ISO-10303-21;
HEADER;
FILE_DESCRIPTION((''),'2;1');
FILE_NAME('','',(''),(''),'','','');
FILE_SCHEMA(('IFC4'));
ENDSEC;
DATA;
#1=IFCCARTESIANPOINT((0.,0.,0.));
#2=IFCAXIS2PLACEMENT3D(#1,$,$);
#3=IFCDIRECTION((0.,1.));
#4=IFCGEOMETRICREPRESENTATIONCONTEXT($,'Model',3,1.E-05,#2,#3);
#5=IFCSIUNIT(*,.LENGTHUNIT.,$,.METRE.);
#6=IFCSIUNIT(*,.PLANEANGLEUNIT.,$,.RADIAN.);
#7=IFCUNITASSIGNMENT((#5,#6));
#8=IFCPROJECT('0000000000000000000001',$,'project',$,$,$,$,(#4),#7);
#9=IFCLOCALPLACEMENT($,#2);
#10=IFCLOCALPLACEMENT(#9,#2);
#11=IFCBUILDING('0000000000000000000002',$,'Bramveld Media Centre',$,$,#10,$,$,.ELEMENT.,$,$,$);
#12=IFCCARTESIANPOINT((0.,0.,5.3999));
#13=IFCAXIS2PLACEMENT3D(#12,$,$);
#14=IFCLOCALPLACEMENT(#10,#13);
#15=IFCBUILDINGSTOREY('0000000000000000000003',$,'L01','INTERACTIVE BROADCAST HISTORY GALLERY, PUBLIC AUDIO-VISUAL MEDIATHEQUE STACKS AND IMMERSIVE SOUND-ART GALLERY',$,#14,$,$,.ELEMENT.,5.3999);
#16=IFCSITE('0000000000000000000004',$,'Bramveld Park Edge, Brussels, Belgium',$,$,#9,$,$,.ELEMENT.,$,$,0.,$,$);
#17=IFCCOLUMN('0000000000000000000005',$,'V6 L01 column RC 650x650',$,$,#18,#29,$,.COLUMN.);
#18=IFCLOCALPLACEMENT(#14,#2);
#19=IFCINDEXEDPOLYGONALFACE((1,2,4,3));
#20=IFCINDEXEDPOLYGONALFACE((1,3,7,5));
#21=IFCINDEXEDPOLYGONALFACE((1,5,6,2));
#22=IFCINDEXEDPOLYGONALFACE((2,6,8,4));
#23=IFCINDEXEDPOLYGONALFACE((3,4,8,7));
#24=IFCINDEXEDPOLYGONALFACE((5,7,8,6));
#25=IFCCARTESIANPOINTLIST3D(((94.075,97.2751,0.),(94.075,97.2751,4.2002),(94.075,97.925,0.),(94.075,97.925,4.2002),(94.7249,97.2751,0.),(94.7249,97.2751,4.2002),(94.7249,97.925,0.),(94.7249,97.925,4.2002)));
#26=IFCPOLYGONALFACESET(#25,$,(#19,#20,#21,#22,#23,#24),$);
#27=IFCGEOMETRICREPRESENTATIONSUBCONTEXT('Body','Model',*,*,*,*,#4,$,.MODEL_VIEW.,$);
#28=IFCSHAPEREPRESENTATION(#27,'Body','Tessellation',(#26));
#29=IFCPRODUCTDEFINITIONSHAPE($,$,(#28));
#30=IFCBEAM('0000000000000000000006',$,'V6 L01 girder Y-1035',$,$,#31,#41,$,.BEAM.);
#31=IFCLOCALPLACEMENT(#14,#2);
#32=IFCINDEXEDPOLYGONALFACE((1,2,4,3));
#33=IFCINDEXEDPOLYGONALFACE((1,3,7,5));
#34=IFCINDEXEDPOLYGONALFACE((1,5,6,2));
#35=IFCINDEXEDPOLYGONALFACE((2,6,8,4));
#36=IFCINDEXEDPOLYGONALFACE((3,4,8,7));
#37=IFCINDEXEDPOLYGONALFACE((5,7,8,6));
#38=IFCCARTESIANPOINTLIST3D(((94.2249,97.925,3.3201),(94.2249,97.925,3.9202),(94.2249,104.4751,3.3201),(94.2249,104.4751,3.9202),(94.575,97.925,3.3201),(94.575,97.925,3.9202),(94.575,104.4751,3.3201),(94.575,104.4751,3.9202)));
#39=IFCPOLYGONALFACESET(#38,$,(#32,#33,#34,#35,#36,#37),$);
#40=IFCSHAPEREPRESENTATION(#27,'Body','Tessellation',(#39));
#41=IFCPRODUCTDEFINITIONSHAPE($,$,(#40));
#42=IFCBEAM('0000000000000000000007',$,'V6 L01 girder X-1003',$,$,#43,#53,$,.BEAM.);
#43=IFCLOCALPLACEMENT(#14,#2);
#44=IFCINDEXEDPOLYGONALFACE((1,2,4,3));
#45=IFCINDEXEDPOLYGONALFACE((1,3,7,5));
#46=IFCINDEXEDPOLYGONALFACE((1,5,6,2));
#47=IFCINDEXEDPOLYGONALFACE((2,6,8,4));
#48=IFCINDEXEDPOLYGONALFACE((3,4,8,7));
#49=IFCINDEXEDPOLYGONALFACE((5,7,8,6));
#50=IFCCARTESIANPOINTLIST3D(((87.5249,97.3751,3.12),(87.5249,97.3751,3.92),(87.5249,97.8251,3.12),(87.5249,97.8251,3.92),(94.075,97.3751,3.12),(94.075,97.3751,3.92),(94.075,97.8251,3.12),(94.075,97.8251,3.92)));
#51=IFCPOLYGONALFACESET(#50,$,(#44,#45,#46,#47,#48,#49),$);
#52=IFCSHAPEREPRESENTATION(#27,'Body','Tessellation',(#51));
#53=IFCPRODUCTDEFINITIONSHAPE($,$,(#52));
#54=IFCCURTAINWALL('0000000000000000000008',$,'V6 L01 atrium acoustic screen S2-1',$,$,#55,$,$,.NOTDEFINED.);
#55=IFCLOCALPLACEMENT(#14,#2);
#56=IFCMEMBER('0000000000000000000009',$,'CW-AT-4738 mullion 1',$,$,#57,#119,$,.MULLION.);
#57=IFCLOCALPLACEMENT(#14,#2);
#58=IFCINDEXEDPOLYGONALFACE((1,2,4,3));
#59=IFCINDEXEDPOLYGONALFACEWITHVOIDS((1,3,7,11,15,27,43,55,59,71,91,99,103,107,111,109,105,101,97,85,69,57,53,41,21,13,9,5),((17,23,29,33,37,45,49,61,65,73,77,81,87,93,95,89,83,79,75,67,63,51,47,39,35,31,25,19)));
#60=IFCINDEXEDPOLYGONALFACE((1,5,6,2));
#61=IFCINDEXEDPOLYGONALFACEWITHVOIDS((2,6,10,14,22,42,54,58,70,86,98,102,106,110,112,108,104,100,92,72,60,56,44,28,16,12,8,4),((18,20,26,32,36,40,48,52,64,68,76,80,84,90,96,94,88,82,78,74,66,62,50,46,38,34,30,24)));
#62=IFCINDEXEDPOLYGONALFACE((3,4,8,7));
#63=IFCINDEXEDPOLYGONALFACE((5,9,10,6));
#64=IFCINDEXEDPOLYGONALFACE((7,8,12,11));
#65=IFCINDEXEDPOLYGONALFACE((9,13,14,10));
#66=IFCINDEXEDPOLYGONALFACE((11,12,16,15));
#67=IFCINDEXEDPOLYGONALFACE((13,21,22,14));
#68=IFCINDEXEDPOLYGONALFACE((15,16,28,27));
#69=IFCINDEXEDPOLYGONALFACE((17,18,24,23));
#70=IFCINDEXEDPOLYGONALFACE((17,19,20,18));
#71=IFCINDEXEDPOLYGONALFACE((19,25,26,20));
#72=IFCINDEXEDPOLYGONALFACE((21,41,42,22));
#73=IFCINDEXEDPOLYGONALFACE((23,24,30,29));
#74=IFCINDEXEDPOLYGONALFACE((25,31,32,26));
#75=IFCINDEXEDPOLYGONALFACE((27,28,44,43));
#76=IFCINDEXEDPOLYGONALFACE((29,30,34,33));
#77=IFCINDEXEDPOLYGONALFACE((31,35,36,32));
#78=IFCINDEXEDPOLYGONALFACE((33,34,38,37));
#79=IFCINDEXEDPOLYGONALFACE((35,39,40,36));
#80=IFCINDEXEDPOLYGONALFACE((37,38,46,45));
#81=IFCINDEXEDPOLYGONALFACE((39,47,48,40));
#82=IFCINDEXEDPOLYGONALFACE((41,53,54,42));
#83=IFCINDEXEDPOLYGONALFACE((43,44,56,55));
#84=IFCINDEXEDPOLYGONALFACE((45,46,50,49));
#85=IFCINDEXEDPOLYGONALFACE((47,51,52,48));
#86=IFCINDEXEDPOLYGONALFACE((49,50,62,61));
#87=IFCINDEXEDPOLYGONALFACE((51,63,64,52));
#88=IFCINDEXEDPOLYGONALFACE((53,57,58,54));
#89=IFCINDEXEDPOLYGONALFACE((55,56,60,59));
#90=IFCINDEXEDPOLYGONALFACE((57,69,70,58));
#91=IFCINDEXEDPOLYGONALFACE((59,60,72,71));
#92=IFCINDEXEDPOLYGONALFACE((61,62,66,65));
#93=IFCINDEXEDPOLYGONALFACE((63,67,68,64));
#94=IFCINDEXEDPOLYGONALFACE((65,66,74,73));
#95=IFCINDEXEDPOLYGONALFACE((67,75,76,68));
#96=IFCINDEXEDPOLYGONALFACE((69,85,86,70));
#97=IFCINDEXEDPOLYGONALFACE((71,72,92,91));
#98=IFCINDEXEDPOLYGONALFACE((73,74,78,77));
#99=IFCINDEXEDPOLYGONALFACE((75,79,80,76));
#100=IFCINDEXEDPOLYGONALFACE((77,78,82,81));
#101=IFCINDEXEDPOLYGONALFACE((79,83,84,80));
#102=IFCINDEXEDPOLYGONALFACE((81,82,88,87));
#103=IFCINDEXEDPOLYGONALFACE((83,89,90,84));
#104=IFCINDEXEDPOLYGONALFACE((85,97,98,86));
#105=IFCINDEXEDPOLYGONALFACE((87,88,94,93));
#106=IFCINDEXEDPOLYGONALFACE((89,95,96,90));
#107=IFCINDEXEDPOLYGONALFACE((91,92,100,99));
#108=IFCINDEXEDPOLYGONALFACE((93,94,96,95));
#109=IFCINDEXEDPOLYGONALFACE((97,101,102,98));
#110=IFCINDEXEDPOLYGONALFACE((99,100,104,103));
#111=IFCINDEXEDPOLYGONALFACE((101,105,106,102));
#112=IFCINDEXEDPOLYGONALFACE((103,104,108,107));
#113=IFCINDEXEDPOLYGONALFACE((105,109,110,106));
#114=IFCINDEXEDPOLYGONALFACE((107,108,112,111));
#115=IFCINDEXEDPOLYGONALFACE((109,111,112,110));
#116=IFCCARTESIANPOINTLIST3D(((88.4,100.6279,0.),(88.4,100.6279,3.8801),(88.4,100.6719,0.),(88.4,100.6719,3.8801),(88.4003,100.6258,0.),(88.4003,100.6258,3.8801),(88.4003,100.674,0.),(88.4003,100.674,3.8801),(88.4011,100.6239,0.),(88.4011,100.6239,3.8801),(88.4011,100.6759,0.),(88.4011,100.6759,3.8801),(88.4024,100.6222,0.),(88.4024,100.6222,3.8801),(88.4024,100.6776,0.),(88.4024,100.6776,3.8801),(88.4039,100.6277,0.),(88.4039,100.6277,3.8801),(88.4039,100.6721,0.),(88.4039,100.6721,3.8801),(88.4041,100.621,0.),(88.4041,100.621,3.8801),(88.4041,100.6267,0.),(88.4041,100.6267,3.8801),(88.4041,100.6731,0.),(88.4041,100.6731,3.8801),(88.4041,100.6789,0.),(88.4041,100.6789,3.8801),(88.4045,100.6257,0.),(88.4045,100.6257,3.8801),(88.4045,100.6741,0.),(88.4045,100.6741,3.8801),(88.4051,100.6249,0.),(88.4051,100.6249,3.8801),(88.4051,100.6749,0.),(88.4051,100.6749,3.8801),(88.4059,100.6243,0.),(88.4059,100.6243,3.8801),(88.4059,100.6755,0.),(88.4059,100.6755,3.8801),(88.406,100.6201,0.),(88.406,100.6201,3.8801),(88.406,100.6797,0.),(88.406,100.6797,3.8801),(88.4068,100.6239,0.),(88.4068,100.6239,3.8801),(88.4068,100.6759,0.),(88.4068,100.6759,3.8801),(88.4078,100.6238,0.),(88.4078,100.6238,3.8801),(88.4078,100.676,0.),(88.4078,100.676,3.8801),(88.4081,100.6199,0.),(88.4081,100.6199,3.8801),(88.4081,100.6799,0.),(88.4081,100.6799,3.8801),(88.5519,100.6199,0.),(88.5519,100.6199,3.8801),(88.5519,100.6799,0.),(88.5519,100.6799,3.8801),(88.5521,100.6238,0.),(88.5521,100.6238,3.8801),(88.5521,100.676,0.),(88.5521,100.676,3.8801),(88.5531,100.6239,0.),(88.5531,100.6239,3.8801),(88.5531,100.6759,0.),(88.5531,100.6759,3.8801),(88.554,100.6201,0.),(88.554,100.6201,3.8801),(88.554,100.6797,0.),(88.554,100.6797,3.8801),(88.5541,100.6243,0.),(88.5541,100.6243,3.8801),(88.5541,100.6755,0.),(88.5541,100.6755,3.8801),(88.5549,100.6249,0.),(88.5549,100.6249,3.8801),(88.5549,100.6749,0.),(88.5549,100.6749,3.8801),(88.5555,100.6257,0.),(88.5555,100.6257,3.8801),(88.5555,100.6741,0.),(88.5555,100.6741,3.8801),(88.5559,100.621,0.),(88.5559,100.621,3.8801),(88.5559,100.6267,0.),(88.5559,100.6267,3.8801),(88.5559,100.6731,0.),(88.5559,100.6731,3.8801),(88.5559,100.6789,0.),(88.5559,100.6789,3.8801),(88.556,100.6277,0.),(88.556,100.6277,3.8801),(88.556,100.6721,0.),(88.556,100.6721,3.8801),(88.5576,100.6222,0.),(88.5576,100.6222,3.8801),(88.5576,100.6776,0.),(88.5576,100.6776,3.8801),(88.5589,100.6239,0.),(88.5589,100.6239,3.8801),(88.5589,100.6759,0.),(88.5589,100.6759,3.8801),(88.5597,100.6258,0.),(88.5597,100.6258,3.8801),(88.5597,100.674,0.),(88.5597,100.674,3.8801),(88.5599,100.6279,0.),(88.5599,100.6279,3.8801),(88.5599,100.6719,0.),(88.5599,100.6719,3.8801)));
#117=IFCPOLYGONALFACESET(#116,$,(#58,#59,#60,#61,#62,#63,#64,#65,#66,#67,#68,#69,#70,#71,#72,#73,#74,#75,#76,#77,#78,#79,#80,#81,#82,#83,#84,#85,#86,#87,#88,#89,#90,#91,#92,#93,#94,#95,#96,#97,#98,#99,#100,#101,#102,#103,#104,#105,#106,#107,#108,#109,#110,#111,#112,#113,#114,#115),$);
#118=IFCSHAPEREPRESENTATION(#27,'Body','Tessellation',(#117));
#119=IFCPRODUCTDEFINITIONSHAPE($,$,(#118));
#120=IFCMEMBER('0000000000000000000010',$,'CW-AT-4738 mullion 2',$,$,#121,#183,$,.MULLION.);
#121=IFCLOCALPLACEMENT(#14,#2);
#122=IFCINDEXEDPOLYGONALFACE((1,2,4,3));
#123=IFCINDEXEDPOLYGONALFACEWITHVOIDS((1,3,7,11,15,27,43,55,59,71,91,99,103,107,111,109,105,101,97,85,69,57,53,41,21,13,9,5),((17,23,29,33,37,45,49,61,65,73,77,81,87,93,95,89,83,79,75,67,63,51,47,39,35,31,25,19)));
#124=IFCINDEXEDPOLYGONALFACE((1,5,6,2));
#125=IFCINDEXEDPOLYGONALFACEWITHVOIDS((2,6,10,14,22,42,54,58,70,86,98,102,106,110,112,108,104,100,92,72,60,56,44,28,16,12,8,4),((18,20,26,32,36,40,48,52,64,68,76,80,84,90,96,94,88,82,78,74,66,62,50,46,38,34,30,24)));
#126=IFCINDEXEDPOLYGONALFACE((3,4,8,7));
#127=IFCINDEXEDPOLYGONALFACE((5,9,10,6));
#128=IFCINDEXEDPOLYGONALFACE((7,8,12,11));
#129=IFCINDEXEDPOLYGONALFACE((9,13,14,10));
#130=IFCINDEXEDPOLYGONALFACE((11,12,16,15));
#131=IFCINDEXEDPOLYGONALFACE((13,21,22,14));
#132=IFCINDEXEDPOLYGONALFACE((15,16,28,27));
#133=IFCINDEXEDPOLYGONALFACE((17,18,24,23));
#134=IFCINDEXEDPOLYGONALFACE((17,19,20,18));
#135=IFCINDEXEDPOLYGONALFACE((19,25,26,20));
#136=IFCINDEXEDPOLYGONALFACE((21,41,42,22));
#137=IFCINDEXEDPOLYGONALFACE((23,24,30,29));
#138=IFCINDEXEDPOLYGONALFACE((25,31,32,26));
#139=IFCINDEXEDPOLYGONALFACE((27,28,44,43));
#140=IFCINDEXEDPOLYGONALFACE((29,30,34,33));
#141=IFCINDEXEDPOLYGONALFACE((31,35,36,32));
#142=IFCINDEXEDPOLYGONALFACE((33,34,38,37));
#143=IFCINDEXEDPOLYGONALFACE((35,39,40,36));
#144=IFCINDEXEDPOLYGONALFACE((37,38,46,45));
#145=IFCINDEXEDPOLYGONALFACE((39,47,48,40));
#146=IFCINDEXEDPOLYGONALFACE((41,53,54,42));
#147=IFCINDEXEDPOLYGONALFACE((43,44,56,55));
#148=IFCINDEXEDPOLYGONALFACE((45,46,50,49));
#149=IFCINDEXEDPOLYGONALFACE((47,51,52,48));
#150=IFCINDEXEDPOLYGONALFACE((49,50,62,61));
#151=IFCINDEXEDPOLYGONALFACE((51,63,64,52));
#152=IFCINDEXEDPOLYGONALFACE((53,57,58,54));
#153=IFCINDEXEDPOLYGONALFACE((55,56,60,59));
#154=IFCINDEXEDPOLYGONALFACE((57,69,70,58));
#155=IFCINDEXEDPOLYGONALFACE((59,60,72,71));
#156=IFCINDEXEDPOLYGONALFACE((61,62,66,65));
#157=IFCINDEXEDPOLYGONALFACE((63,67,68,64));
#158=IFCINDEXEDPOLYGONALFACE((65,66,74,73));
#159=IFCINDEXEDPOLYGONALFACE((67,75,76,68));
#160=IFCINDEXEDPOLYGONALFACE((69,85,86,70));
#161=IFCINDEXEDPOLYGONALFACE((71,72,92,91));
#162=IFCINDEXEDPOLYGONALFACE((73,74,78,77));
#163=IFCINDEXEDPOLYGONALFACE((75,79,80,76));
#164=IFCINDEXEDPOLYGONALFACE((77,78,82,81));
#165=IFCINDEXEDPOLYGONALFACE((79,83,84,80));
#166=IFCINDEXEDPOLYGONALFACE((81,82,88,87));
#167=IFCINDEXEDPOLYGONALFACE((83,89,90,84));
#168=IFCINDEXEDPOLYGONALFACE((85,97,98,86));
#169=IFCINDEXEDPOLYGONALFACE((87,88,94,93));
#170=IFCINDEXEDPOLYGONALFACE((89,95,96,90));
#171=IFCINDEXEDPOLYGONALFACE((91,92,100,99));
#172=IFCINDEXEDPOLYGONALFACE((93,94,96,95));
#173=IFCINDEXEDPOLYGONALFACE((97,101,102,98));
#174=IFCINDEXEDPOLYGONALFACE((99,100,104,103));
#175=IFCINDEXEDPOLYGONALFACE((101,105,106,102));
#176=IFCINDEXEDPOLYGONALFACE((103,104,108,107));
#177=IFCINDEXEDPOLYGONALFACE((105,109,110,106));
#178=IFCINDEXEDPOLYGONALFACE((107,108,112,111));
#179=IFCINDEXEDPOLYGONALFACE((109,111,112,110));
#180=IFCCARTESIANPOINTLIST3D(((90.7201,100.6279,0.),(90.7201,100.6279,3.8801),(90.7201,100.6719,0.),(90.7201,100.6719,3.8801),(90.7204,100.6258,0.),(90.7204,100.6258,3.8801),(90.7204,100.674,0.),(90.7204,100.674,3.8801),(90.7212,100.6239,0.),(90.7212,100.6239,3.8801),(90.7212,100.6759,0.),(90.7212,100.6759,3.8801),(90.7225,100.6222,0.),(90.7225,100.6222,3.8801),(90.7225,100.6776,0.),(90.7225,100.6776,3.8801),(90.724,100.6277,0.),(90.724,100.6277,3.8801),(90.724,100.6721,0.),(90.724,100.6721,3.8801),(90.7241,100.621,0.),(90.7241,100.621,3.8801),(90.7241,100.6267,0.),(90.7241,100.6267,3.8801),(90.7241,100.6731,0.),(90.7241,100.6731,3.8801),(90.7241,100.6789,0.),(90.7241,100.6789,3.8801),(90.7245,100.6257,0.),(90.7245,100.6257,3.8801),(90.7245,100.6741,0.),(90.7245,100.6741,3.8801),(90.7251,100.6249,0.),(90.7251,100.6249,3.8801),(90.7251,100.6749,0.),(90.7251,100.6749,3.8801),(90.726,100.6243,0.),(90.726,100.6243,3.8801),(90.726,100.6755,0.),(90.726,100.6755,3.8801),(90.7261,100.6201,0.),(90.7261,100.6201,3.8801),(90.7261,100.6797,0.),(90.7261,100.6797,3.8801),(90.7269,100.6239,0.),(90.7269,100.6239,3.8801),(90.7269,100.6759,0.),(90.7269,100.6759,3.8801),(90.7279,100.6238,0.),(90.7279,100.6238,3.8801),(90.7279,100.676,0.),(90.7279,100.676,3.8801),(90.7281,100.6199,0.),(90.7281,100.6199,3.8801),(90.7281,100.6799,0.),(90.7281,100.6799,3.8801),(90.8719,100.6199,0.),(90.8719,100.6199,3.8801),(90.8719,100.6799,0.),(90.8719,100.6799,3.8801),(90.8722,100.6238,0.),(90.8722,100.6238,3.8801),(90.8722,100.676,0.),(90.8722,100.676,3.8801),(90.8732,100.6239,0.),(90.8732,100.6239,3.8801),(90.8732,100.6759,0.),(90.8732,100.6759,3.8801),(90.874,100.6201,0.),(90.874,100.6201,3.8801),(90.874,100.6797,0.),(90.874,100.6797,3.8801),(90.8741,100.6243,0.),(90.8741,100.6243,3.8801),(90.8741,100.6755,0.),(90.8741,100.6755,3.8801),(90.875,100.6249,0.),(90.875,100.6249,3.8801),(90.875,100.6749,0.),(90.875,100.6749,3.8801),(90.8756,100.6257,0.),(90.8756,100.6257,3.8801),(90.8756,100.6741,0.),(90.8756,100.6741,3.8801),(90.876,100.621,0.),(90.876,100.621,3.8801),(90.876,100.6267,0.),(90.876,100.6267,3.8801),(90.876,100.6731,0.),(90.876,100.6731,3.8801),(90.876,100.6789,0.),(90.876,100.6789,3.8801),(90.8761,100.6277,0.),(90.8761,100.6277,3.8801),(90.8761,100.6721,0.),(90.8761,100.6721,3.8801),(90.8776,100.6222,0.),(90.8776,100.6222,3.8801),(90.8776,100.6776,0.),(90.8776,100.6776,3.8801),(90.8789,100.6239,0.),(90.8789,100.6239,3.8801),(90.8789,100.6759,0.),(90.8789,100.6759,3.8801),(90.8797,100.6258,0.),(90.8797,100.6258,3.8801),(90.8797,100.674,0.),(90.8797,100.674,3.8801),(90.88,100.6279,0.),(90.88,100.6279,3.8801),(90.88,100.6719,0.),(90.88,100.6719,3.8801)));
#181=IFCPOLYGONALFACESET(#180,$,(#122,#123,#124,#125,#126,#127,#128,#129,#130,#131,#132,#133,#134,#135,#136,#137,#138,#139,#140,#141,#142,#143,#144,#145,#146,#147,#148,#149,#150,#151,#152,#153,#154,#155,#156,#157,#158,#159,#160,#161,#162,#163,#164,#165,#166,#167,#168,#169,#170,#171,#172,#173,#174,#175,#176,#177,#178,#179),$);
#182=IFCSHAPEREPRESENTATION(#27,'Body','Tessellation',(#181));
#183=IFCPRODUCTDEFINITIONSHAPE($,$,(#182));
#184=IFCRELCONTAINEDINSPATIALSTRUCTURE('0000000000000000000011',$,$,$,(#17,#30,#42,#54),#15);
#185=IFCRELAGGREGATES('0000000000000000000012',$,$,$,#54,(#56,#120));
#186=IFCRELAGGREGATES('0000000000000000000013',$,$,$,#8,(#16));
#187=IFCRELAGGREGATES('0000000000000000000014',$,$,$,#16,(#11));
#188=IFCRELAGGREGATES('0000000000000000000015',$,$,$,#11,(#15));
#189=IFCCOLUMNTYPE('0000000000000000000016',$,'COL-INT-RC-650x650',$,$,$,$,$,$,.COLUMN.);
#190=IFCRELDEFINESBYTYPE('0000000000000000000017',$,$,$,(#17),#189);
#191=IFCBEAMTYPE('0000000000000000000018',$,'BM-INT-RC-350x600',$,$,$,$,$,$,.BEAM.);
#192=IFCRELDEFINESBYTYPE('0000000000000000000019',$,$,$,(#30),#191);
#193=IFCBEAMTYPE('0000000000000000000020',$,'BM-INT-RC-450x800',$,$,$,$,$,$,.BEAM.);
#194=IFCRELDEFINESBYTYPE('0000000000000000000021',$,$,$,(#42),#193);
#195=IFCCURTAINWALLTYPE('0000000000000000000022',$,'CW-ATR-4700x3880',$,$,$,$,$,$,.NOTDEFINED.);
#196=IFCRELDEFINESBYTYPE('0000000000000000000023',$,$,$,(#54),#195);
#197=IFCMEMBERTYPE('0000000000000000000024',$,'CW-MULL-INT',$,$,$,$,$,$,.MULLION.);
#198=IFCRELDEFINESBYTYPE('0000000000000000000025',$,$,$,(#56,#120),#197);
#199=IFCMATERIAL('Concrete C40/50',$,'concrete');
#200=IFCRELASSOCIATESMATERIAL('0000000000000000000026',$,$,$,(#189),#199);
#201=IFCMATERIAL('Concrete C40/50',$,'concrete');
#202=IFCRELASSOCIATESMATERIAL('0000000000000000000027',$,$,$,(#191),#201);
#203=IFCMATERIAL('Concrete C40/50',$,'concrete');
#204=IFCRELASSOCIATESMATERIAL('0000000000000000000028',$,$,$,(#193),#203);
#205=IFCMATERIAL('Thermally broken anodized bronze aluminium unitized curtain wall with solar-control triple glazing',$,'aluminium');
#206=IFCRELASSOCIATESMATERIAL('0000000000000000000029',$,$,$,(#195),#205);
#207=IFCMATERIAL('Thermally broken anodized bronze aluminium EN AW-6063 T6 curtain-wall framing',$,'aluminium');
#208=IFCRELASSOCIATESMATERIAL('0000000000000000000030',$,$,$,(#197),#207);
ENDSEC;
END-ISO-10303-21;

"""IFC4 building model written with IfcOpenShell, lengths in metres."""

from ifc_helpers import new_model, si_unit, direction, frame, origin, origin_2d, place, context, subcontext, project, spatial, rectangle, hollow_rectangle, extrude, material, material_profile, profile_set, type_object, element, aggregate, save


model = new_model("IFC4")

# Units and contexts
model_context = context("Model", 3, precision=1e-05, world=origin(), true_north=direction((0.0, 1.0)))
body_context = subcontext(model_context, "Body", "Model", "MODEL_VIEW")
ifc_project = project(units=[si_unit("LENGTHUNIT", "METRE"), si_unit("PLANEANGLEUNIT", "RADIAN")], contexts=[model_context])

# Site, building, storey
site_placement = place(None, origin())
site = spatial("IfcSite", under=ifc_project, at=site_placement, Name="Bramveld Park Edge, Brussels, Belgium", CompositionType="ELEMENT", RefElevation=0.0)
building_placement = place(site_placement, origin())
building = spatial("IfcBuilding", under=site, at=building_placement, Name="Bramveld Media Centre", CompositionType="ELEMENT")
storey_placement = place(building_placement, frame((0.0, 0.0, 5.3999)))
storey = spatial("IfcBuildingStorey", under=building, at=storey_placement, Name="L01", Description="INTERACTIVE BROADCAST HISTORY GALLERY, PUBLIC AUDIO-VISUAL MEDIATHEQUE STACKS AND IMMERSIVE SOUND-ART GALLERY", CompositionType="ELEMENT", Elevation=5.3999)

# Column
ifc_material_1 = material(Name="Concrete C40/50", Category="concrete")
ifc_material_profile_1 = material_profile(ifc_material_1, rectangle(XDim=0.6499, YDim=0.6499, at=origin_2d()), Name="RC 650x650")
ifc_profile_set_1 = profile_set([ifc_material_profile_1], Name="Concrete C40/50")
column_type = type_object("IfcColumnType", Name="COL-INT-RC-650x650", PredefinedType="COLUMN", material=ifc_profile_set_1)
column_placement = place(storey_placement, frame((94.3999, 97.6001, 0.0), z_axis=(0.0, 0.0, 1.0), x_axis=(1.0, 0.0, 0.0)))
element("IfcColumn", 1, at=column_placement, inside=storey, type_object=column_type, Name="V6 L01 column RC 650x650", PredefinedType="COLUMN", context=body_context, shape_type="SweptSolid", body=[
    extrude(rectangle(XDim=0.6499, YDim=0.6499, at=origin_2d()), origin(), (0.0, 0.0, 1.0), 4.2002),
])

# Beams
ifc_material_2 = material(Name="Concrete C40/50", Category="concrete")
ifc_material_profile_2 = material_profile(ifc_material_2, rectangle(XDim=0.3501, YDim=0.6001, at=origin_2d()), Name="RC 350x600")
ifc_profile_set_2 = profile_set([ifc_material_profile_2], Name="Concrete C40/50")
beam_type_1 = type_object("IfcBeamType", Name="BM-INT-RC-350x600", PredefinedType="BEAM", material=ifc_profile_set_2)
beam_1_placement = place(storey_placement, frame((94.3999, 97.925, 3.6201), z_axis=(0.0, 1.0, 0.0), x_axis=(-1.0, 0.0, 0.0)))
element("IfcBeam", 2, at=beam_1_placement, inside=storey, type_object=beam_type_1, Name="V6 L01 girder Y-1035", PredefinedType="BEAM", context=body_context, shape_type="SweptSolid", body=[
    extrude(rectangle(XDim=0.3501, YDim=0.6001, at=origin_2d()), origin(), (0.0, 0.0, 1.0), 6.55),
])
ifc_material_3 = material(Name="Concrete C40/50", Category="concrete")
ifc_material_profile_3 = material_profile(ifc_material_3, rectangle(XDim=0.45, YDim=0.8, at=origin_2d()), Name="RC 450x800")
ifc_profile_set_3 = profile_set([ifc_material_profile_3], Name="Concrete C40/50")
beam_type_2 = type_object("IfcBeamType", Name="BM-INT-RC-450x800", PredefinedType="BEAM", material=ifc_profile_set_3)
beam_2_placement = place(storey_placement, frame((87.5249, 97.6001, 3.52), z_axis=(1.0, 0.0, 0.0), x_axis=(0.0, 1.0, 0.0)))
element("IfcBeam", 3, at=beam_2_placement, inside=storey, type_object=beam_type_2, Name="V6 L01 girder X-1003", PredefinedType="BEAM", context=body_context, shape_type="SweptSolid", body=[
    extrude(rectangle(XDim=0.45, YDim=0.8, at=origin_2d()), origin(), (0.0, 0.0, 1.0), 6.55),
])

# Curtain wall, members
ifc_material_4 = material(Name="Thermally broken anodized bronze aluminium unitized curtain wall with solar-control triple glazing", Category="aluminium")
curtain_wall_type = type_object("IfcCurtainWallType", Name="CW-ATR-4700x3880", PredefinedType="NOTDEFINED", material=ifc_material_4)
curtain_wall_placement = place(storey_placement, origin())
curtain_wall = element("IfcCurtainWall", 4, at=curtain_wall_placement, inside=storey, type_object=curtain_wall_type, Name="V6 L01 atrium acoustic screen S2-1", PredefinedType="NOTDEFINED")
ifc_material_5 = material(Name="Thermally broken anodized bronze aluminium EN AW-6063 T6 curtain-wall framing", Category="aluminium")
ifc_material_profile_4 = material_profile(ifc_material_5, hollow_rectangle(XDim=0.0601, YDim=0.1599, WallThickness=0.0039, InnerFilletRadius=0.0039, OuterFilletRadius=0.0081, at=origin_2d()), Name="AL-MULL 60x160")
ifc_profile_set_4 = profile_set([ifc_material_profile_4], Name="Thermally broken anodized bronze aluminium EN AW-6063 T6 curtain-wall framing")
member_type_1 = type_object("IfcMemberType", Name="CW-MULL-INT", PredefinedType="MULLION", material=ifc_profile_set_4)
member_1_placement = place(storey_placement, frame((88.48, 100.6499, 0.0), z_axis=(0.0, 0.0, 1.0), x_axis=(0.0, 1.0, 0.0)))
member_1 = element("IfcMember", 5, at=member_1_placement, type_object=member_type_1, Name="CW-AT-4738 mullion 1", PredefinedType="MULLION", context=body_context, shape_type="SweptSolid", body=[
    extrude(hollow_rectangle(XDim=0.0601, YDim=0.1599, WallThickness=0.0039, InnerFilletRadius=0.0039, OuterFilletRadius=0.0081, at=origin_2d()), origin(), (0.0, 0.0, 1.0), 3.8801),
])
member_2_placement = place(storey_placement, frame((90.8, 100.6499, 0.0), z_axis=(0.0, 0.0, 1.0), x_axis=(0.0, 1.0, 0.0)))
member_2 = element("IfcMember", 6, at=member_2_placement, type_object=member_type_1, Name="CW-AT-4738 mullion 2", PredefinedType="MULLION", context=body_context, shape_type="SweptSolid", body=[
    extrude(hollow_rectangle(XDim=0.0601, YDim=0.1599, WallThickness=0.0039, InnerFilletRadius=0.0039, OuterFilletRadius=0.0081, at=origin_2d()), origin(), (0.0, 0.0, 1.0), 3.8801),
])
aggregate(curtain_wall, [member_1, member_2])

save(model, "model.ifc")
